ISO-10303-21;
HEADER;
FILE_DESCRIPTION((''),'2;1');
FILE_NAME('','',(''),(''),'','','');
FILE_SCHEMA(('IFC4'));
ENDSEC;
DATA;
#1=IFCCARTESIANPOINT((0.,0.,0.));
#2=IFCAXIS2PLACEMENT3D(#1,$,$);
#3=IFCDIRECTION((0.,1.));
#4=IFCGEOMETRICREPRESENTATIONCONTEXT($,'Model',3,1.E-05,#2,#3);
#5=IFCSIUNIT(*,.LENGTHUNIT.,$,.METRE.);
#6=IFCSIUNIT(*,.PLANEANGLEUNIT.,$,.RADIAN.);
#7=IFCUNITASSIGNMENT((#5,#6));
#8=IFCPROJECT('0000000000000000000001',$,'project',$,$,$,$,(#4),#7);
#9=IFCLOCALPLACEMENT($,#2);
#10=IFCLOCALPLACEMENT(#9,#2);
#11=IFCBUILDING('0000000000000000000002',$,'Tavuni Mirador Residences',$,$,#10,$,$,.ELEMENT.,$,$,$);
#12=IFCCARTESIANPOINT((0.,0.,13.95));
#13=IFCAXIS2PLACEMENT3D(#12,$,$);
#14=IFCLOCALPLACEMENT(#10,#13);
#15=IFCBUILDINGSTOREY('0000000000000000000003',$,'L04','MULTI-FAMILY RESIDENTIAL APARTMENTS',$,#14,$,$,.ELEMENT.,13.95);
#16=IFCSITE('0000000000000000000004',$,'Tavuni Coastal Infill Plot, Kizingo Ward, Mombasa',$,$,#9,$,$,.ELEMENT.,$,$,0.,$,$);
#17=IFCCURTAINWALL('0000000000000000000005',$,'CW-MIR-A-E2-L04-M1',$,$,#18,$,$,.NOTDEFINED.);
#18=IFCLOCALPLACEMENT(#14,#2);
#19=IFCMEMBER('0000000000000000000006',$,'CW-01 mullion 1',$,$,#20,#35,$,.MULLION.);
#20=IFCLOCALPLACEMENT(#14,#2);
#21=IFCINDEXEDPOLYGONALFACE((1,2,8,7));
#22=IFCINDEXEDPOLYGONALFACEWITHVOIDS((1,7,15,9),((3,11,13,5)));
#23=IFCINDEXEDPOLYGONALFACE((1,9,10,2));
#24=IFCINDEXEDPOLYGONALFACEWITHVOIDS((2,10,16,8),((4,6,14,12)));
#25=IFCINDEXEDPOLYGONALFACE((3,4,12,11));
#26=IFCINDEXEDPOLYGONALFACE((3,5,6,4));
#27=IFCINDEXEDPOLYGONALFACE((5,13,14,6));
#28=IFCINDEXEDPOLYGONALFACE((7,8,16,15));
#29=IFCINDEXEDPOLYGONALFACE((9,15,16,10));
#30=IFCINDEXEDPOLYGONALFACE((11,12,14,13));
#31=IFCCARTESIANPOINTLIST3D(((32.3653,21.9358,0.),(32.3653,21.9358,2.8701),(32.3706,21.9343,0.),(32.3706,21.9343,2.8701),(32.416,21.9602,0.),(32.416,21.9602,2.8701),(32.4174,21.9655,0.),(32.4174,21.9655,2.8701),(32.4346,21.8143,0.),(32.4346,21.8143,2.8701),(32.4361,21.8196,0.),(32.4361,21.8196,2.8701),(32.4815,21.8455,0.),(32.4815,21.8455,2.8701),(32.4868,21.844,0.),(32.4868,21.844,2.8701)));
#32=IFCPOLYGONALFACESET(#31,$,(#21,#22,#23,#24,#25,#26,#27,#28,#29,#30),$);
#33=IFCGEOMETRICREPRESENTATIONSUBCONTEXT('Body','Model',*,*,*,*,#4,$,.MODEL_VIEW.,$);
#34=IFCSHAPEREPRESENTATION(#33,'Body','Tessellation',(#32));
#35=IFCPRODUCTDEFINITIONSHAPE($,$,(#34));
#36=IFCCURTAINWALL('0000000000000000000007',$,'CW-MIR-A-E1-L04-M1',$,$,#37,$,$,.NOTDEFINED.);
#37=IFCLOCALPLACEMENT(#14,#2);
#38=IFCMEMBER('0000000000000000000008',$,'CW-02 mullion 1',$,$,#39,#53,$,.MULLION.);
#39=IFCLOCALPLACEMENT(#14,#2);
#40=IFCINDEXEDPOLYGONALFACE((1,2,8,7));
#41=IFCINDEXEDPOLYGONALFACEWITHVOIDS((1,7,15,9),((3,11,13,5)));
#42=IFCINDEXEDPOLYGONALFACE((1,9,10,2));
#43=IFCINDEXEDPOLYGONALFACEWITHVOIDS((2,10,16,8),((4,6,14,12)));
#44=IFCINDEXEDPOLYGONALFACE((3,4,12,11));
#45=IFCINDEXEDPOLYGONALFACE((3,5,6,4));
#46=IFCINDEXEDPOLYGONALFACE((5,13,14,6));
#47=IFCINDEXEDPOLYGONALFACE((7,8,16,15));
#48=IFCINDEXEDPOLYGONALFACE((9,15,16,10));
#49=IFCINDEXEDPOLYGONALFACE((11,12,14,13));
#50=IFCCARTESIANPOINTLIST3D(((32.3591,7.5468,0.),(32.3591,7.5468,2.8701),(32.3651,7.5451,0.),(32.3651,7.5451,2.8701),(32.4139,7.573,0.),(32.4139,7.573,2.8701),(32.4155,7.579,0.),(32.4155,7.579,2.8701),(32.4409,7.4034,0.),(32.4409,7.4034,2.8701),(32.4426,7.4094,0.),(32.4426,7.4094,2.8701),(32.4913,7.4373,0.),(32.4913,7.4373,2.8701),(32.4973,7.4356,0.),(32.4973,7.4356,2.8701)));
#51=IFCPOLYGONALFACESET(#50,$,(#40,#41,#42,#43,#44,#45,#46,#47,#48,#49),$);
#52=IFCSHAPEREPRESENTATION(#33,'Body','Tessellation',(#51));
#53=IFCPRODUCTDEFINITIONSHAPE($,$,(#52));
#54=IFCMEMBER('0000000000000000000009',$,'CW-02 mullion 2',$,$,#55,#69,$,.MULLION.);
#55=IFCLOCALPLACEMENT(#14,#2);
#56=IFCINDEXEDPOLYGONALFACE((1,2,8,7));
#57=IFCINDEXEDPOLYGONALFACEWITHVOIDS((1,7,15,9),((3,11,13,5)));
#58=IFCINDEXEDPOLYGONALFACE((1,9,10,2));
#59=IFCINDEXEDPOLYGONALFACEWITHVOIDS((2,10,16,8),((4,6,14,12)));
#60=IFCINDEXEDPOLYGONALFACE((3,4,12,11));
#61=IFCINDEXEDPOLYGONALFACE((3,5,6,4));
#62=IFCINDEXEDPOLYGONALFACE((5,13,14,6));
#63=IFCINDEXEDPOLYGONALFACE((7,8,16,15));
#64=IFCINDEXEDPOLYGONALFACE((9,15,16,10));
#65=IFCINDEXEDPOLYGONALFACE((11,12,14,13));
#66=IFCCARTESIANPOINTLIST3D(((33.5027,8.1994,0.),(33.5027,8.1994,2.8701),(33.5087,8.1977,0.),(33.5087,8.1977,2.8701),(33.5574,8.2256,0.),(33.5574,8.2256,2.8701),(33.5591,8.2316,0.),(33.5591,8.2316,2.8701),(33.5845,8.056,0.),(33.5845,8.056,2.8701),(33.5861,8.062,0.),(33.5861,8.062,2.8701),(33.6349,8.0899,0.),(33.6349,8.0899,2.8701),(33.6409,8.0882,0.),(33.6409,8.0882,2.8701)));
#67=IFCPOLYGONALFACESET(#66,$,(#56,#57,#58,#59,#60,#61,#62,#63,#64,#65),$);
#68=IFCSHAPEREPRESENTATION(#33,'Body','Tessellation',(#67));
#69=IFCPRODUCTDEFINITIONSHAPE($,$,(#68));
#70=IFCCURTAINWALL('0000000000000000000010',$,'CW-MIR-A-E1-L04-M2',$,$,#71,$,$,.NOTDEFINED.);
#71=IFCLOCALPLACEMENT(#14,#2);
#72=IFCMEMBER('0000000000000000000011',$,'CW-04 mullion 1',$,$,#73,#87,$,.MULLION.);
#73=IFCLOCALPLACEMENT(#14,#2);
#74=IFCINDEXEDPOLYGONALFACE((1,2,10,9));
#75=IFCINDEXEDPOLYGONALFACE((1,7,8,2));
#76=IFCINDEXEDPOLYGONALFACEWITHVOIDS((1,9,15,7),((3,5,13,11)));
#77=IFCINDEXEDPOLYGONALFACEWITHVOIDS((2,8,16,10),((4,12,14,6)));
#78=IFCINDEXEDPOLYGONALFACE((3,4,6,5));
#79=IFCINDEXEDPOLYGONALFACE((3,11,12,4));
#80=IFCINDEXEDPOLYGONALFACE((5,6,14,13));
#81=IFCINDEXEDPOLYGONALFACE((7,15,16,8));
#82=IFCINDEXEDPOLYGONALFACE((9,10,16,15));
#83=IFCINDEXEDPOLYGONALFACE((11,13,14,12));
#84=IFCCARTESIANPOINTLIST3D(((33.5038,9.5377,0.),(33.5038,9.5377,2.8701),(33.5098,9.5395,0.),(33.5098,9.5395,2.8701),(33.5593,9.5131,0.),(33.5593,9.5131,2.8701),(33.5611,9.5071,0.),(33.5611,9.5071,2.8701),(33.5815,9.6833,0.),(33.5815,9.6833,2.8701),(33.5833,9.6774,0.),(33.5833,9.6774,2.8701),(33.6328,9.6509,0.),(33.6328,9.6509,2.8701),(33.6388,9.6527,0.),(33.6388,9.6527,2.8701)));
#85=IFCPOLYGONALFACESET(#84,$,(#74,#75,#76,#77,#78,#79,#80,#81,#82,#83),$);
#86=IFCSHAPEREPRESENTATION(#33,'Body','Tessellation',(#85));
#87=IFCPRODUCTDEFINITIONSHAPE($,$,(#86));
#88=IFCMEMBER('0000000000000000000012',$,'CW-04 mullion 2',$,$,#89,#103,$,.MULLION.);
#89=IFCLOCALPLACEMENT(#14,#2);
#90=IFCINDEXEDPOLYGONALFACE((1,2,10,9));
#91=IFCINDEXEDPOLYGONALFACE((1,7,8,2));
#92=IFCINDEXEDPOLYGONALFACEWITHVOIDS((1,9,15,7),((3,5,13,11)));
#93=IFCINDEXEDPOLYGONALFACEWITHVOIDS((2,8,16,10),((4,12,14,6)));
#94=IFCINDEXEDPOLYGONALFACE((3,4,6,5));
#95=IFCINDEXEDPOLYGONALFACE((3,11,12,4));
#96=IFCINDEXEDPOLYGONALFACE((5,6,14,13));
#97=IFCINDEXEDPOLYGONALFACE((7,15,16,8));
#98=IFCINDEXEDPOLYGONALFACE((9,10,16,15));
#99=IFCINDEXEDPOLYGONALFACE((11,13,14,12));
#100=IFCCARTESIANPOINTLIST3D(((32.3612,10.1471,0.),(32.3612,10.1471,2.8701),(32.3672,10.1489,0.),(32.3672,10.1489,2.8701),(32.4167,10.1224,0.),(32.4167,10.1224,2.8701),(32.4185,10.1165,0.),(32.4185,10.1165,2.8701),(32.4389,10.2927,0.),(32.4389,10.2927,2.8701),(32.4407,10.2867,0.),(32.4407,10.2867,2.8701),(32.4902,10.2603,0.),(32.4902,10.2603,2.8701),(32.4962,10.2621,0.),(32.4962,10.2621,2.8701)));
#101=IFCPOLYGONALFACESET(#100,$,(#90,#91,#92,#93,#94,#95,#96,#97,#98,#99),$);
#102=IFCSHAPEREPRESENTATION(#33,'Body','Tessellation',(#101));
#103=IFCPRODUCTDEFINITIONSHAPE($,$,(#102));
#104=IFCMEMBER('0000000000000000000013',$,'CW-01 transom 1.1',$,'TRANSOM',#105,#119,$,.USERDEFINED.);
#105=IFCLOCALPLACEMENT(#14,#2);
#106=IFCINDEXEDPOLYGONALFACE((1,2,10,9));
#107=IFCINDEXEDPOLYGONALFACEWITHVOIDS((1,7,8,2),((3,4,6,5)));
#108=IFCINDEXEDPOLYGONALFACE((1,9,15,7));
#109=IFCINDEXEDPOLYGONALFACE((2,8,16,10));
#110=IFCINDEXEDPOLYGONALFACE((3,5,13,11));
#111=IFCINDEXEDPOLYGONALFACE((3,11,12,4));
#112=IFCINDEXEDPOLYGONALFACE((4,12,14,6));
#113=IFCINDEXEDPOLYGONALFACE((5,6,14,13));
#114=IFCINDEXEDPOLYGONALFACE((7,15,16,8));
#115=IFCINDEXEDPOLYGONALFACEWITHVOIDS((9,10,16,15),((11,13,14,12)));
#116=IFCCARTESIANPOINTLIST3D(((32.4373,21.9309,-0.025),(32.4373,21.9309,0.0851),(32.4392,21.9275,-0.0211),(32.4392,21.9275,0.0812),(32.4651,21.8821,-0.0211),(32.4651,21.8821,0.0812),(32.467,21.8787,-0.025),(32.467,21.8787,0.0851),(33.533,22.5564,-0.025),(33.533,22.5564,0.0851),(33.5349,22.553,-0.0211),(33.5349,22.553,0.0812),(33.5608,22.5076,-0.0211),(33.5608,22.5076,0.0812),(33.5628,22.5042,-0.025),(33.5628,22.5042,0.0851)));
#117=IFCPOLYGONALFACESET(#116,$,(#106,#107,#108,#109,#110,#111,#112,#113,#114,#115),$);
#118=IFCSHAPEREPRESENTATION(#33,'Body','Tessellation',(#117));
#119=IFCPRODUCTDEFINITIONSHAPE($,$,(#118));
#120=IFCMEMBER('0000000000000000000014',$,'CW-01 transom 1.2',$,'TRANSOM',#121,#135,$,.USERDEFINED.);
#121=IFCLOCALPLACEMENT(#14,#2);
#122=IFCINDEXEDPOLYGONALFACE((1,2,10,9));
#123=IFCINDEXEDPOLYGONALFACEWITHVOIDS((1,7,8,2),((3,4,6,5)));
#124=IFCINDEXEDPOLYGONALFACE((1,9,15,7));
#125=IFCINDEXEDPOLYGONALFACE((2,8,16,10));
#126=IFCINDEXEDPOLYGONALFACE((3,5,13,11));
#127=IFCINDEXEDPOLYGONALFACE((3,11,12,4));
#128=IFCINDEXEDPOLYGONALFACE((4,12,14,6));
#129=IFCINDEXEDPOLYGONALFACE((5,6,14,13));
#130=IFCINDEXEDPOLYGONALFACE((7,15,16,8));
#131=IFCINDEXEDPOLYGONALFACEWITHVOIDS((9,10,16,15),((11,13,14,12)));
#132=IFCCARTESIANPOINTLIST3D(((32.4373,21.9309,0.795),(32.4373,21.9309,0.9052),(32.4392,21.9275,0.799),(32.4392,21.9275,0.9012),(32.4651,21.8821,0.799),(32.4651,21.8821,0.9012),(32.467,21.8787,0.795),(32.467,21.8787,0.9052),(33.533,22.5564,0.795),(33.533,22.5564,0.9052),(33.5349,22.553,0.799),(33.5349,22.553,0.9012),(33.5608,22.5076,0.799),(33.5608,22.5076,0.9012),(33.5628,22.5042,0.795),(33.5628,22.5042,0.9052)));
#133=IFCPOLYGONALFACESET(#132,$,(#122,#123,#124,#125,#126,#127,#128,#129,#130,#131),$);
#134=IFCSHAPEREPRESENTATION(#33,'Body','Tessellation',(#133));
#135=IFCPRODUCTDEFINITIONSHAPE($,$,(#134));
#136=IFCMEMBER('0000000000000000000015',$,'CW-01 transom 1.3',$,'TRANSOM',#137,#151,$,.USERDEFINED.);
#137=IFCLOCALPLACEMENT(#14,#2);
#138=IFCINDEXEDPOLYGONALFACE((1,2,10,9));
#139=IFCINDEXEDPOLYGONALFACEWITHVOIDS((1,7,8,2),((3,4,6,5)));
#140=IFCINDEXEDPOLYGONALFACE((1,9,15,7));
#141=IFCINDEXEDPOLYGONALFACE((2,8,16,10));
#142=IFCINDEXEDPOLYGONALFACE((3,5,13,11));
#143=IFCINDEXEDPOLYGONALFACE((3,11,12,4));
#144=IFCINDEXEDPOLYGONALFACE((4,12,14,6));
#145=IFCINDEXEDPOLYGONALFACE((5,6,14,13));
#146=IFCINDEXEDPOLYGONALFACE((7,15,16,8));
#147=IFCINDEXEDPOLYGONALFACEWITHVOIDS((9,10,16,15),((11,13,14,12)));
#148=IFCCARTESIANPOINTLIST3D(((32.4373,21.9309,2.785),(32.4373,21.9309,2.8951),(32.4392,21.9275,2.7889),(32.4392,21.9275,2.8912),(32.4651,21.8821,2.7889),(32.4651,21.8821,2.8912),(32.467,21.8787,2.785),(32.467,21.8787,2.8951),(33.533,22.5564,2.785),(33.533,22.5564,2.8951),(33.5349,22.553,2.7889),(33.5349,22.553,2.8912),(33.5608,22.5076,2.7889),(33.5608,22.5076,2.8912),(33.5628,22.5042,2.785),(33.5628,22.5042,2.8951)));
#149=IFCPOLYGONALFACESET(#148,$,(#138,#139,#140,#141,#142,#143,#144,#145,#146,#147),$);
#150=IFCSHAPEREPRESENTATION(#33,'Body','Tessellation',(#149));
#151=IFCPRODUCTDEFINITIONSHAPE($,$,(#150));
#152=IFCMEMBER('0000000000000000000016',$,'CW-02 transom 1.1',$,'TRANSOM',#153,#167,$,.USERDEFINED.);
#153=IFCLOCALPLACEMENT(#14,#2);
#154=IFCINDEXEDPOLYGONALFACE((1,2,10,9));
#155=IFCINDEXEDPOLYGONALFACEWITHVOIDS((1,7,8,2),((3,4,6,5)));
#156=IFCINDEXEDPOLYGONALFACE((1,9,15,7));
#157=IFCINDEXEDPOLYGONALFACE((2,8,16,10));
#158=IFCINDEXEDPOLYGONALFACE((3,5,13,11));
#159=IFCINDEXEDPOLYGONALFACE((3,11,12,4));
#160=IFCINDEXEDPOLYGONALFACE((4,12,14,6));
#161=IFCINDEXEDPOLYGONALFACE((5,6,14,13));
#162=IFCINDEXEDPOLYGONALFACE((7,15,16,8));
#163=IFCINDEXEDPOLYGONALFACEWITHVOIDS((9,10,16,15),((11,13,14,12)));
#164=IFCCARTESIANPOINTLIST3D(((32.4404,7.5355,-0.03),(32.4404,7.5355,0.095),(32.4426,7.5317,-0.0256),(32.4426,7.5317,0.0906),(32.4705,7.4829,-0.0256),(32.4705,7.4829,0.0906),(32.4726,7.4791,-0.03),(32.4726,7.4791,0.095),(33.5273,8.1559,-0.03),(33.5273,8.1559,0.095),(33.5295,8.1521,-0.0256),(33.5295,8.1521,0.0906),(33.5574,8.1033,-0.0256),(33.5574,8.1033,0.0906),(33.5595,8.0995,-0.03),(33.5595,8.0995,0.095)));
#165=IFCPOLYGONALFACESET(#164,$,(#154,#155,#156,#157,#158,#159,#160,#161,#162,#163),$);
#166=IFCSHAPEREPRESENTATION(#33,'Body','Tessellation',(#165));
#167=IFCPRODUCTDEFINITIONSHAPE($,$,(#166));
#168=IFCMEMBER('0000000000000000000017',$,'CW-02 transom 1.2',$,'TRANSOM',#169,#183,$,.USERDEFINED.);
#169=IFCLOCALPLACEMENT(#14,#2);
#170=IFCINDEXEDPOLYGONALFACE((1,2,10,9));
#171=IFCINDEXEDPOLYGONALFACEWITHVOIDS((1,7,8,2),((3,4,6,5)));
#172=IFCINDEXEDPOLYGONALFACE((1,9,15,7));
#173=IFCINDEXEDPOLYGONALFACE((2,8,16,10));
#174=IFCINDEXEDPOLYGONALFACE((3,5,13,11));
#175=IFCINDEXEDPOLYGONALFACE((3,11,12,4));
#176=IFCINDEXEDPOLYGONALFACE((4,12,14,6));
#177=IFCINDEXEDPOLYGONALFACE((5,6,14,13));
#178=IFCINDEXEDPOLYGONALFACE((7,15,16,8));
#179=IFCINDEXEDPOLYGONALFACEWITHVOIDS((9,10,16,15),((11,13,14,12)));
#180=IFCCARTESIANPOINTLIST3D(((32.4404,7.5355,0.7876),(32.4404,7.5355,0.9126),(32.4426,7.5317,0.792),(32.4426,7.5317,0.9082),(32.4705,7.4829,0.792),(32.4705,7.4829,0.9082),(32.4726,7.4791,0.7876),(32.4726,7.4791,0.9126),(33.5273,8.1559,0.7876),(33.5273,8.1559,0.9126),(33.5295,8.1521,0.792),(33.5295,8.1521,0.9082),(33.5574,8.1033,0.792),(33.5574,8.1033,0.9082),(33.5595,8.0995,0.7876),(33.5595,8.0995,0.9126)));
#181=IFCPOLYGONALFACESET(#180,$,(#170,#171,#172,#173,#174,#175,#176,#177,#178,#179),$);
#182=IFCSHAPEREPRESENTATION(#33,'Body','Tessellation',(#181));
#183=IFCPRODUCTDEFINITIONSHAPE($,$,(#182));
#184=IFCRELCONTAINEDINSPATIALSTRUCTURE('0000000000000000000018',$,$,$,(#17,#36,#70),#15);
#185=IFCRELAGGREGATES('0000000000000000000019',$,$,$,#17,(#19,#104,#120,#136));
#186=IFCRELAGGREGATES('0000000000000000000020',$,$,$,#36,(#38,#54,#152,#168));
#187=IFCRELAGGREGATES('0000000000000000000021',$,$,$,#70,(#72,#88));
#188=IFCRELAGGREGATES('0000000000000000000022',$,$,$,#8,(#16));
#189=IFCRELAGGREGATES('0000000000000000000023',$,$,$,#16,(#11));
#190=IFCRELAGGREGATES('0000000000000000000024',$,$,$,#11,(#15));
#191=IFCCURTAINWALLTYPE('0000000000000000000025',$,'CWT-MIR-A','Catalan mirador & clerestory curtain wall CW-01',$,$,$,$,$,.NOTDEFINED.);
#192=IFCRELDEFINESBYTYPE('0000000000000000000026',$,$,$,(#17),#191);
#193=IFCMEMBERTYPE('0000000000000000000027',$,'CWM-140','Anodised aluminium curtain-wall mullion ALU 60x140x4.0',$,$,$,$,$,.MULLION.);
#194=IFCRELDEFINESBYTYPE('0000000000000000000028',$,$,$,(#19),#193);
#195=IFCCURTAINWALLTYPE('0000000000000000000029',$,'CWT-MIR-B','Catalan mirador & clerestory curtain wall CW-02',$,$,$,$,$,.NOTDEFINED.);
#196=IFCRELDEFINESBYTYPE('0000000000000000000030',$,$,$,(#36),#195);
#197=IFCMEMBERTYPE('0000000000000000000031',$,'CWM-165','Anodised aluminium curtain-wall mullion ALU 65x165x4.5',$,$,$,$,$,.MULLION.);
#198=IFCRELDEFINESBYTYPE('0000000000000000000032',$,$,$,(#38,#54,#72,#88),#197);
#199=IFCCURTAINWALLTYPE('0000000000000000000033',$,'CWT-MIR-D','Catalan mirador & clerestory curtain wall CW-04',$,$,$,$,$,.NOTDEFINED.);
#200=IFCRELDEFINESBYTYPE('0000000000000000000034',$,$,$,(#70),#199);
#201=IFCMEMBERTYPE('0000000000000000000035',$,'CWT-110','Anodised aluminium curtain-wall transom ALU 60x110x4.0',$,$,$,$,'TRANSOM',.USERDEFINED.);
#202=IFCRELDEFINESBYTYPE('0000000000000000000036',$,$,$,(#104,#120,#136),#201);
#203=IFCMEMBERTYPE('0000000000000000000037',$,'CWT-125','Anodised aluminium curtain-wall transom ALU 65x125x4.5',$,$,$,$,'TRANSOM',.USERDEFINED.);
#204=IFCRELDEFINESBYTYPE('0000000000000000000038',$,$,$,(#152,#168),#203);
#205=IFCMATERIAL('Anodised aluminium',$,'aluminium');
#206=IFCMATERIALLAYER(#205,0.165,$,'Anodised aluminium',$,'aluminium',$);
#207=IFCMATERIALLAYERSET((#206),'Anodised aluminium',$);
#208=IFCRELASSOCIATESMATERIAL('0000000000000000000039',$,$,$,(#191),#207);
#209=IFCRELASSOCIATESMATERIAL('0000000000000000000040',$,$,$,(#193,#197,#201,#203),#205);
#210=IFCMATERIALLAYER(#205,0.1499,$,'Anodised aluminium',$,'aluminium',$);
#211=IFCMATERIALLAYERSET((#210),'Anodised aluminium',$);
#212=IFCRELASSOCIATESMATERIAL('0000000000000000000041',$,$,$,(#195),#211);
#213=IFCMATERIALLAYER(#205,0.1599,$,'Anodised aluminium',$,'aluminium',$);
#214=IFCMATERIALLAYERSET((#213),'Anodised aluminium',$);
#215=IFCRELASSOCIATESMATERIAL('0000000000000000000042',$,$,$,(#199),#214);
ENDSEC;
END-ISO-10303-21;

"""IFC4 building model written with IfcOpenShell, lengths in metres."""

from ifc_helpers import new_model, si_unit, direction, frame, origin, origin_2d, place, context, subcontext, project, spatial, hollow_rectangle, extrude, material, layer, layer_set, material_profile, profile_set, type_object, element, aggregate, save


model = new_model("IFC4")

# Units and contexts
model_context = context("Model", 3, precision=1e-05, world=origin(), true_north=direction((0.0, 1.0)))
body_context = subcontext(model_context, "Body", "Model", "MODEL_VIEW")
ifc_project = project(units=[si_unit("LENGTHUNIT", "METRE"), si_unit("PLANEANGLEUNIT", "RADIAN")], contexts=[model_context])

# Site, building, storey
site_placement = place(None, origin())
site = spatial("IfcSite", under=ifc_project, at=site_placement, Name="Tavuni Coastal Infill Plot, Kizingo Ward, Mombasa", CompositionType="ELEMENT", RefElevation=0.0)
building_placement = place(site_placement, origin())
building = spatial("IfcBuilding", under=site, at=building_placement, Name="Tavuni Mirador Residences", CompositionType="ELEMENT")
storey_placement = place(building_placement, frame((0.0, 0.0, 13.95)))
storey = spatial("IfcBuildingStorey", under=building, at=storey_placement, Name="L04", Description="MULTI-FAMILY RESIDENTIAL APARTMENTS", CompositionType="ELEMENT", Elevation=13.95)

# Curtain wall, member
ifc_material_1 = material(Name="Anodised aluminium", Category="aluminium")
ifc_layer_1 = layer(ifc_material_1, 0.165, Name="Anodised aluminium", Category="aluminium")
ifc_layer_set_1 = layer_set([ifc_layer_1], Name="Anodised aluminium")
curtain_wall_type_1 = type_object("IfcCurtainWallType", Name="CWT-MIR-A", Description="Catalan mirador & clerestory curtain wall CW-01", PredefinedType="NOTDEFINED", material=ifc_layer_set_1)
curtain_wall_1_placement = place(storey_placement, origin())
curtain_wall_1 = element("IfcCurtainWall", 1, at=curtain_wall_1_placement, inside=storey, type_object=curtain_wall_type_1, Name="CW-MIR-A-E2-L04-M1", PredefinedType="NOTDEFINED")
ifc_material_profile_1 = material_profile(ifc_material_1, hollow_rectangle(XDim=0.0601, YDim=0.1399, WallThickness=0.0039, at=origin_2d()), Name="ALU 60x140x4.0", Category="aluminium")
ifc_profile_set_1 = profile_set([ifc_material_profile_1], Name="Anodised aluminium")
member_type_1 = type_object("IfcMemberType", Name="CWM-140", Description="Anodised aluminium curtain-wall mullion ALU 60x140x4.0", PredefinedType="MULLION", material=ifc_profile_set_1)
member_1_placement = place(storey_placement, frame((32.426, 21.8899, 0.0), z_axis=(0.0, 0.0, 1.0), x_axis=(0.868466, 0.495749, 0.0)))
member_1 = element("IfcMember", 2, at=member_1_placement, type_object=member_type_1, Name="CW-01 mullion 1", PredefinedType="MULLION", context=body_context, shape_type="SweptSolid", body=[
    extrude(hollow_rectangle(XDim=0.0601, YDim=0.1399, WallThickness=0.0039, at=origin_2d()), origin(), (0.0, 0.0, 1.0), 2.8701),
])

# Curtain walls, members
ifc_layer_2 = layer(ifc_material_1, 0.1499, Name="Anodised aluminium", Category="aluminium")
ifc_layer_set_2 = layer_set([ifc_layer_2], Name="Anodised aluminium")
curtain_wall_type_2 = type_object("IfcCurtainWallType", Name="CWT-MIR-B", Description="Catalan mirador & clerestory curtain wall CW-02", PredefinedType="NOTDEFINED", material=ifc_layer_set_2)
curtain_wall_2_placement = place(storey_placement, origin())
curtain_wall_2 = element("IfcCurtainWall", 3, at=curtain_wall_2_placement, inside=storey, type_object=curtain_wall_type_2, Name="CW-MIR-A-E1-L04-M1", PredefinedType="NOTDEFINED")
ifc_material_profile_2 = material_profile(ifc_material_1, hollow_rectangle(XDim=0.0649, YDim=0.165, WallThickness=0.0044, at=origin_2d()), Name="ALU 65x165x4.5", Category="aluminium")
ifc_profile_set_2 = profile_set([ifc_material_profile_2], Name="Anodised aluminium")
member_type_2 = type_object("IfcMemberType", Name="CWM-165", Description="Anodised aluminium curtain-wall mullion ALU 65x165x4.5", PredefinedType="MULLION", material=ifc_profile_set_2)
member_2_placement = place(storey_placement, frame((32.4282, 7.4912, 0.0), z_axis=(0.0, 0.0, 1.0), x_axis=(0.868466, 0.495749, 0.0)))
member_2 = element("IfcMember", 4, at=member_2_placement, type_object=member_type_2, Name="CW-02 mullion 1", PredefinedType="MULLION", context=body_context, shape_type="SweptSolid", body=[
    extrude(hollow_rectangle(XDim=0.0649, YDim=0.165, WallThickness=0.0044, at=origin_2d()), origin(), (0.0, 0.0, 1.0), 2.8701),
])
member_3_placement = place(storey_placement, frame((33.5718, 8.1438, 0.0), z_axis=(0.0, 0.0, 1.0), x_axis=(0.868466, 0.495749, 0.0)))
member_3 = element("IfcMember", 5, at=member_3_placement, type_object=member_type_2, Name="CW-02 mullion 2", PredefinedType="MULLION", context=body_context, shape_type="SweptSolid", body=[
    extrude(hollow_rectangle(XDim=0.0649, YDim=0.165, WallThickness=0.0044, at=origin_2d()), origin(), (0.0, 0.0, 1.0), 2.8701),
])
ifc_layer_3 = layer(ifc_material_1, 0.1599, Name="Anodised aluminium", Category="aluminium")
ifc_layer_set_3 = layer_set([ifc_layer_3], Name="Anodised aluminium")
curtain_wall_type_3 = type_object("IfcCurtainWallType", Name="CWT-MIR-D", Description="Catalan mirador & clerestory curtain wall CW-04", PredefinedType="NOTDEFINED", material=ifc_layer_set_3)
curtain_wall_3_placement = place(storey_placement, origin())
curtain_wall_3 = element("IfcCurtainWall", 6, at=curtain_wall_3_placement, inside=storey, type_object=curtain_wall_type_3, Name="CW-MIR-A-E1-L04-M2", PredefinedType="NOTDEFINED")
member_4_placement = place(storey_placement, frame((33.5713, 9.5952, 0.0), z_axis=(0.0, 0.0, 1.0), x_axis=(-0.882353, 0.470588, 0.0)))
member_4 = element("IfcMember", 7, at=member_4_placement, type_object=member_type_2, Name="CW-04 mullion 1", PredefinedType="MULLION", context=body_context, shape_type="SweptSolid", body=[
    extrude(hollow_rectangle(XDim=0.0649, YDim=0.165, WallThickness=0.0044, at=origin_2d()), origin(), (0.0, 0.0, 1.0), 2.8701),
])
member_5_placement = place(storey_placement, frame((32.4287, 10.2046, 0.0), z_axis=(0.0, 0.0, 1.0), x_axis=(-0.882353, 0.470588, 0.0)))
member_5 = element("IfcMember", 8, at=member_5_placement, type_object=member_type_2, Name="CW-04 mullion 2", PredefinedType="MULLION", context=body_context, shape_type="SweptSolid", body=[
    extrude(hollow_rectangle(XDim=0.0649, YDim=0.165, WallThickness=0.0044, at=origin_2d()), origin(), (0.0, 0.0, 1.0), 2.8701),
])

# Members
ifc_material_profile_3 = material_profile(ifc_material_1, hollow_rectangle(XDim=0.0601, YDim=0.1101, WallThickness=0.0039, at=origin_2d()), Name="ALU 60x110x4.0", Category="aluminium")
ifc_profile_set_3 = profile_set([ifc_material_profile_3], Name="Anodised aluminium")
member_type_3 = type_object("IfcMemberType", Name="CWT-110", Description="Anodised aluminium curtain-wall transom ALU 60x110x4.0", ElementType="TRANSOM", PredefinedType="USERDEFINED", material=ifc_profile_set_3)
member_6_placement = place(storey_placement, frame((32.4521, 21.9048, 0.03), z_axis=(0.868457, 0.495764, 0.0), x_axis=(-0.495764, 0.868457, 0.0)))
member_6 = element("IfcMember", 9, at=member_6_placement, type_object=member_type_3, Name="CW-01 transom 1.1", ObjectType="TRANSOM", PredefinedType="USERDEFINED", context=body_context, shape_type="SweptSolid", body=[
    extrude(hollow_rectangle(XDim=0.0601, YDim=0.1101, WallThickness=0.0039, at=origin_2d()), origin(), (0.0, 0.0, 1.0), 1.2617),
])
member_7_placement = place(storey_placement, frame((32.4521, 21.9048, 0.8501), z_axis=(0.868457, 0.495764, 0.0), x_axis=(-0.495764, 0.868457, 0.0)))
member_7 = element("IfcMember", 10, at=member_7_placement, type_object=member_type_3, Name="CW-01 transom 1.2", ObjectType="TRANSOM", PredefinedType="USERDEFINED", context=body_context, shape_type="SweptSolid", body=[
    extrude(hollow_rectangle(XDim=0.0601, YDim=0.1101, WallThickness=0.0039, at=origin_2d()), origin(), (0.0, 0.0, 1.0), 1.2617),
])
member_8_placement = place(storey_placement, frame((32.4521, 21.9048, 2.8401), z_axis=(0.868457, 0.495764, 0.0), x_axis=(-0.495764, 0.868457, 0.0)))
member_8 = element("IfcMember", 11, at=member_8_placement, type_object=member_type_3, Name="CW-01 transom 1.3", ObjectType="TRANSOM", PredefinedType="USERDEFINED", context=body_context, shape_type="SweptSolid", body=[
    extrude(hollow_rectangle(XDim=0.0601, YDim=0.1101, WallThickness=0.0039, at=origin_2d()), origin(), (0.0, 0.0, 1.0), 1.2617),
])
ifc_material_profile_4 = material_profile(ifc_material_1, hollow_rectangle(XDim=0.0649, YDim=0.125, WallThickness=0.0044, at=origin_2d()), Name="ALU 65x125x4.5", Category="aluminium")
ifc_profile_set_4 = profile_set([ifc_material_profile_4], Name="Anodised aluminium")
member_type_4 = type_object("IfcMemberType", Name="CWT-125", Description="Anodised aluminium curtain-wall transom ALU 65x125x4.5", ElementType="TRANSOM", PredefinedType="USERDEFINED", material=ifc_profile_set_4)
member_9_placement = place(storey_placement, frame((32.4565, 7.5073, 0.0325), z_axis=(0.868495, 0.495698, 0.0), x_axis=(-0.495698, 0.868495, 0.0)))
member_9 = element("IfcMember", 12, at=member_9_placement, type_object=member_type_4, Name="CW-02 transom 1.1", ObjectType="TRANSOM", PredefinedType="USERDEFINED", context=body_context, shape_type="SweptSolid", body=[
    extrude(hollow_rectangle(XDim=0.0649, YDim=0.125, WallThickness=0.0044, at=origin_2d()), origin(), (0.0, 0.0, 1.0), 1.2515),
])
member_10_placement = place(storey_placement, frame((32.4565, 7.5073, 0.8501), z_axis=(0.868495, 0.495698, 0.0), x_axis=(-0.495698, 0.868495, 0.0)))
member_10 = element("IfcMember", 13, at=member_10_placement, type_object=member_type_4, Name="CW-02 transom 1.2", ObjectType="TRANSOM", PredefinedType="USERDEFINED", context=body_context, shape_type="SweptSolid", body=[
    extrude(hollow_rectangle(XDim=0.0649, YDim=0.125, WallThickness=0.0044, at=origin_2d()), origin(), (0.0, 0.0, 1.0), 1.2515),
])

aggregate(curtain_wall_1, [member_1, member_6, member_7, member_8])
aggregate(curtain_wall_2, [member_2, member_3, member_9, member_10])
aggregate(curtain_wall_3, [member_4, member_5])

save(model, "model.ifc")
